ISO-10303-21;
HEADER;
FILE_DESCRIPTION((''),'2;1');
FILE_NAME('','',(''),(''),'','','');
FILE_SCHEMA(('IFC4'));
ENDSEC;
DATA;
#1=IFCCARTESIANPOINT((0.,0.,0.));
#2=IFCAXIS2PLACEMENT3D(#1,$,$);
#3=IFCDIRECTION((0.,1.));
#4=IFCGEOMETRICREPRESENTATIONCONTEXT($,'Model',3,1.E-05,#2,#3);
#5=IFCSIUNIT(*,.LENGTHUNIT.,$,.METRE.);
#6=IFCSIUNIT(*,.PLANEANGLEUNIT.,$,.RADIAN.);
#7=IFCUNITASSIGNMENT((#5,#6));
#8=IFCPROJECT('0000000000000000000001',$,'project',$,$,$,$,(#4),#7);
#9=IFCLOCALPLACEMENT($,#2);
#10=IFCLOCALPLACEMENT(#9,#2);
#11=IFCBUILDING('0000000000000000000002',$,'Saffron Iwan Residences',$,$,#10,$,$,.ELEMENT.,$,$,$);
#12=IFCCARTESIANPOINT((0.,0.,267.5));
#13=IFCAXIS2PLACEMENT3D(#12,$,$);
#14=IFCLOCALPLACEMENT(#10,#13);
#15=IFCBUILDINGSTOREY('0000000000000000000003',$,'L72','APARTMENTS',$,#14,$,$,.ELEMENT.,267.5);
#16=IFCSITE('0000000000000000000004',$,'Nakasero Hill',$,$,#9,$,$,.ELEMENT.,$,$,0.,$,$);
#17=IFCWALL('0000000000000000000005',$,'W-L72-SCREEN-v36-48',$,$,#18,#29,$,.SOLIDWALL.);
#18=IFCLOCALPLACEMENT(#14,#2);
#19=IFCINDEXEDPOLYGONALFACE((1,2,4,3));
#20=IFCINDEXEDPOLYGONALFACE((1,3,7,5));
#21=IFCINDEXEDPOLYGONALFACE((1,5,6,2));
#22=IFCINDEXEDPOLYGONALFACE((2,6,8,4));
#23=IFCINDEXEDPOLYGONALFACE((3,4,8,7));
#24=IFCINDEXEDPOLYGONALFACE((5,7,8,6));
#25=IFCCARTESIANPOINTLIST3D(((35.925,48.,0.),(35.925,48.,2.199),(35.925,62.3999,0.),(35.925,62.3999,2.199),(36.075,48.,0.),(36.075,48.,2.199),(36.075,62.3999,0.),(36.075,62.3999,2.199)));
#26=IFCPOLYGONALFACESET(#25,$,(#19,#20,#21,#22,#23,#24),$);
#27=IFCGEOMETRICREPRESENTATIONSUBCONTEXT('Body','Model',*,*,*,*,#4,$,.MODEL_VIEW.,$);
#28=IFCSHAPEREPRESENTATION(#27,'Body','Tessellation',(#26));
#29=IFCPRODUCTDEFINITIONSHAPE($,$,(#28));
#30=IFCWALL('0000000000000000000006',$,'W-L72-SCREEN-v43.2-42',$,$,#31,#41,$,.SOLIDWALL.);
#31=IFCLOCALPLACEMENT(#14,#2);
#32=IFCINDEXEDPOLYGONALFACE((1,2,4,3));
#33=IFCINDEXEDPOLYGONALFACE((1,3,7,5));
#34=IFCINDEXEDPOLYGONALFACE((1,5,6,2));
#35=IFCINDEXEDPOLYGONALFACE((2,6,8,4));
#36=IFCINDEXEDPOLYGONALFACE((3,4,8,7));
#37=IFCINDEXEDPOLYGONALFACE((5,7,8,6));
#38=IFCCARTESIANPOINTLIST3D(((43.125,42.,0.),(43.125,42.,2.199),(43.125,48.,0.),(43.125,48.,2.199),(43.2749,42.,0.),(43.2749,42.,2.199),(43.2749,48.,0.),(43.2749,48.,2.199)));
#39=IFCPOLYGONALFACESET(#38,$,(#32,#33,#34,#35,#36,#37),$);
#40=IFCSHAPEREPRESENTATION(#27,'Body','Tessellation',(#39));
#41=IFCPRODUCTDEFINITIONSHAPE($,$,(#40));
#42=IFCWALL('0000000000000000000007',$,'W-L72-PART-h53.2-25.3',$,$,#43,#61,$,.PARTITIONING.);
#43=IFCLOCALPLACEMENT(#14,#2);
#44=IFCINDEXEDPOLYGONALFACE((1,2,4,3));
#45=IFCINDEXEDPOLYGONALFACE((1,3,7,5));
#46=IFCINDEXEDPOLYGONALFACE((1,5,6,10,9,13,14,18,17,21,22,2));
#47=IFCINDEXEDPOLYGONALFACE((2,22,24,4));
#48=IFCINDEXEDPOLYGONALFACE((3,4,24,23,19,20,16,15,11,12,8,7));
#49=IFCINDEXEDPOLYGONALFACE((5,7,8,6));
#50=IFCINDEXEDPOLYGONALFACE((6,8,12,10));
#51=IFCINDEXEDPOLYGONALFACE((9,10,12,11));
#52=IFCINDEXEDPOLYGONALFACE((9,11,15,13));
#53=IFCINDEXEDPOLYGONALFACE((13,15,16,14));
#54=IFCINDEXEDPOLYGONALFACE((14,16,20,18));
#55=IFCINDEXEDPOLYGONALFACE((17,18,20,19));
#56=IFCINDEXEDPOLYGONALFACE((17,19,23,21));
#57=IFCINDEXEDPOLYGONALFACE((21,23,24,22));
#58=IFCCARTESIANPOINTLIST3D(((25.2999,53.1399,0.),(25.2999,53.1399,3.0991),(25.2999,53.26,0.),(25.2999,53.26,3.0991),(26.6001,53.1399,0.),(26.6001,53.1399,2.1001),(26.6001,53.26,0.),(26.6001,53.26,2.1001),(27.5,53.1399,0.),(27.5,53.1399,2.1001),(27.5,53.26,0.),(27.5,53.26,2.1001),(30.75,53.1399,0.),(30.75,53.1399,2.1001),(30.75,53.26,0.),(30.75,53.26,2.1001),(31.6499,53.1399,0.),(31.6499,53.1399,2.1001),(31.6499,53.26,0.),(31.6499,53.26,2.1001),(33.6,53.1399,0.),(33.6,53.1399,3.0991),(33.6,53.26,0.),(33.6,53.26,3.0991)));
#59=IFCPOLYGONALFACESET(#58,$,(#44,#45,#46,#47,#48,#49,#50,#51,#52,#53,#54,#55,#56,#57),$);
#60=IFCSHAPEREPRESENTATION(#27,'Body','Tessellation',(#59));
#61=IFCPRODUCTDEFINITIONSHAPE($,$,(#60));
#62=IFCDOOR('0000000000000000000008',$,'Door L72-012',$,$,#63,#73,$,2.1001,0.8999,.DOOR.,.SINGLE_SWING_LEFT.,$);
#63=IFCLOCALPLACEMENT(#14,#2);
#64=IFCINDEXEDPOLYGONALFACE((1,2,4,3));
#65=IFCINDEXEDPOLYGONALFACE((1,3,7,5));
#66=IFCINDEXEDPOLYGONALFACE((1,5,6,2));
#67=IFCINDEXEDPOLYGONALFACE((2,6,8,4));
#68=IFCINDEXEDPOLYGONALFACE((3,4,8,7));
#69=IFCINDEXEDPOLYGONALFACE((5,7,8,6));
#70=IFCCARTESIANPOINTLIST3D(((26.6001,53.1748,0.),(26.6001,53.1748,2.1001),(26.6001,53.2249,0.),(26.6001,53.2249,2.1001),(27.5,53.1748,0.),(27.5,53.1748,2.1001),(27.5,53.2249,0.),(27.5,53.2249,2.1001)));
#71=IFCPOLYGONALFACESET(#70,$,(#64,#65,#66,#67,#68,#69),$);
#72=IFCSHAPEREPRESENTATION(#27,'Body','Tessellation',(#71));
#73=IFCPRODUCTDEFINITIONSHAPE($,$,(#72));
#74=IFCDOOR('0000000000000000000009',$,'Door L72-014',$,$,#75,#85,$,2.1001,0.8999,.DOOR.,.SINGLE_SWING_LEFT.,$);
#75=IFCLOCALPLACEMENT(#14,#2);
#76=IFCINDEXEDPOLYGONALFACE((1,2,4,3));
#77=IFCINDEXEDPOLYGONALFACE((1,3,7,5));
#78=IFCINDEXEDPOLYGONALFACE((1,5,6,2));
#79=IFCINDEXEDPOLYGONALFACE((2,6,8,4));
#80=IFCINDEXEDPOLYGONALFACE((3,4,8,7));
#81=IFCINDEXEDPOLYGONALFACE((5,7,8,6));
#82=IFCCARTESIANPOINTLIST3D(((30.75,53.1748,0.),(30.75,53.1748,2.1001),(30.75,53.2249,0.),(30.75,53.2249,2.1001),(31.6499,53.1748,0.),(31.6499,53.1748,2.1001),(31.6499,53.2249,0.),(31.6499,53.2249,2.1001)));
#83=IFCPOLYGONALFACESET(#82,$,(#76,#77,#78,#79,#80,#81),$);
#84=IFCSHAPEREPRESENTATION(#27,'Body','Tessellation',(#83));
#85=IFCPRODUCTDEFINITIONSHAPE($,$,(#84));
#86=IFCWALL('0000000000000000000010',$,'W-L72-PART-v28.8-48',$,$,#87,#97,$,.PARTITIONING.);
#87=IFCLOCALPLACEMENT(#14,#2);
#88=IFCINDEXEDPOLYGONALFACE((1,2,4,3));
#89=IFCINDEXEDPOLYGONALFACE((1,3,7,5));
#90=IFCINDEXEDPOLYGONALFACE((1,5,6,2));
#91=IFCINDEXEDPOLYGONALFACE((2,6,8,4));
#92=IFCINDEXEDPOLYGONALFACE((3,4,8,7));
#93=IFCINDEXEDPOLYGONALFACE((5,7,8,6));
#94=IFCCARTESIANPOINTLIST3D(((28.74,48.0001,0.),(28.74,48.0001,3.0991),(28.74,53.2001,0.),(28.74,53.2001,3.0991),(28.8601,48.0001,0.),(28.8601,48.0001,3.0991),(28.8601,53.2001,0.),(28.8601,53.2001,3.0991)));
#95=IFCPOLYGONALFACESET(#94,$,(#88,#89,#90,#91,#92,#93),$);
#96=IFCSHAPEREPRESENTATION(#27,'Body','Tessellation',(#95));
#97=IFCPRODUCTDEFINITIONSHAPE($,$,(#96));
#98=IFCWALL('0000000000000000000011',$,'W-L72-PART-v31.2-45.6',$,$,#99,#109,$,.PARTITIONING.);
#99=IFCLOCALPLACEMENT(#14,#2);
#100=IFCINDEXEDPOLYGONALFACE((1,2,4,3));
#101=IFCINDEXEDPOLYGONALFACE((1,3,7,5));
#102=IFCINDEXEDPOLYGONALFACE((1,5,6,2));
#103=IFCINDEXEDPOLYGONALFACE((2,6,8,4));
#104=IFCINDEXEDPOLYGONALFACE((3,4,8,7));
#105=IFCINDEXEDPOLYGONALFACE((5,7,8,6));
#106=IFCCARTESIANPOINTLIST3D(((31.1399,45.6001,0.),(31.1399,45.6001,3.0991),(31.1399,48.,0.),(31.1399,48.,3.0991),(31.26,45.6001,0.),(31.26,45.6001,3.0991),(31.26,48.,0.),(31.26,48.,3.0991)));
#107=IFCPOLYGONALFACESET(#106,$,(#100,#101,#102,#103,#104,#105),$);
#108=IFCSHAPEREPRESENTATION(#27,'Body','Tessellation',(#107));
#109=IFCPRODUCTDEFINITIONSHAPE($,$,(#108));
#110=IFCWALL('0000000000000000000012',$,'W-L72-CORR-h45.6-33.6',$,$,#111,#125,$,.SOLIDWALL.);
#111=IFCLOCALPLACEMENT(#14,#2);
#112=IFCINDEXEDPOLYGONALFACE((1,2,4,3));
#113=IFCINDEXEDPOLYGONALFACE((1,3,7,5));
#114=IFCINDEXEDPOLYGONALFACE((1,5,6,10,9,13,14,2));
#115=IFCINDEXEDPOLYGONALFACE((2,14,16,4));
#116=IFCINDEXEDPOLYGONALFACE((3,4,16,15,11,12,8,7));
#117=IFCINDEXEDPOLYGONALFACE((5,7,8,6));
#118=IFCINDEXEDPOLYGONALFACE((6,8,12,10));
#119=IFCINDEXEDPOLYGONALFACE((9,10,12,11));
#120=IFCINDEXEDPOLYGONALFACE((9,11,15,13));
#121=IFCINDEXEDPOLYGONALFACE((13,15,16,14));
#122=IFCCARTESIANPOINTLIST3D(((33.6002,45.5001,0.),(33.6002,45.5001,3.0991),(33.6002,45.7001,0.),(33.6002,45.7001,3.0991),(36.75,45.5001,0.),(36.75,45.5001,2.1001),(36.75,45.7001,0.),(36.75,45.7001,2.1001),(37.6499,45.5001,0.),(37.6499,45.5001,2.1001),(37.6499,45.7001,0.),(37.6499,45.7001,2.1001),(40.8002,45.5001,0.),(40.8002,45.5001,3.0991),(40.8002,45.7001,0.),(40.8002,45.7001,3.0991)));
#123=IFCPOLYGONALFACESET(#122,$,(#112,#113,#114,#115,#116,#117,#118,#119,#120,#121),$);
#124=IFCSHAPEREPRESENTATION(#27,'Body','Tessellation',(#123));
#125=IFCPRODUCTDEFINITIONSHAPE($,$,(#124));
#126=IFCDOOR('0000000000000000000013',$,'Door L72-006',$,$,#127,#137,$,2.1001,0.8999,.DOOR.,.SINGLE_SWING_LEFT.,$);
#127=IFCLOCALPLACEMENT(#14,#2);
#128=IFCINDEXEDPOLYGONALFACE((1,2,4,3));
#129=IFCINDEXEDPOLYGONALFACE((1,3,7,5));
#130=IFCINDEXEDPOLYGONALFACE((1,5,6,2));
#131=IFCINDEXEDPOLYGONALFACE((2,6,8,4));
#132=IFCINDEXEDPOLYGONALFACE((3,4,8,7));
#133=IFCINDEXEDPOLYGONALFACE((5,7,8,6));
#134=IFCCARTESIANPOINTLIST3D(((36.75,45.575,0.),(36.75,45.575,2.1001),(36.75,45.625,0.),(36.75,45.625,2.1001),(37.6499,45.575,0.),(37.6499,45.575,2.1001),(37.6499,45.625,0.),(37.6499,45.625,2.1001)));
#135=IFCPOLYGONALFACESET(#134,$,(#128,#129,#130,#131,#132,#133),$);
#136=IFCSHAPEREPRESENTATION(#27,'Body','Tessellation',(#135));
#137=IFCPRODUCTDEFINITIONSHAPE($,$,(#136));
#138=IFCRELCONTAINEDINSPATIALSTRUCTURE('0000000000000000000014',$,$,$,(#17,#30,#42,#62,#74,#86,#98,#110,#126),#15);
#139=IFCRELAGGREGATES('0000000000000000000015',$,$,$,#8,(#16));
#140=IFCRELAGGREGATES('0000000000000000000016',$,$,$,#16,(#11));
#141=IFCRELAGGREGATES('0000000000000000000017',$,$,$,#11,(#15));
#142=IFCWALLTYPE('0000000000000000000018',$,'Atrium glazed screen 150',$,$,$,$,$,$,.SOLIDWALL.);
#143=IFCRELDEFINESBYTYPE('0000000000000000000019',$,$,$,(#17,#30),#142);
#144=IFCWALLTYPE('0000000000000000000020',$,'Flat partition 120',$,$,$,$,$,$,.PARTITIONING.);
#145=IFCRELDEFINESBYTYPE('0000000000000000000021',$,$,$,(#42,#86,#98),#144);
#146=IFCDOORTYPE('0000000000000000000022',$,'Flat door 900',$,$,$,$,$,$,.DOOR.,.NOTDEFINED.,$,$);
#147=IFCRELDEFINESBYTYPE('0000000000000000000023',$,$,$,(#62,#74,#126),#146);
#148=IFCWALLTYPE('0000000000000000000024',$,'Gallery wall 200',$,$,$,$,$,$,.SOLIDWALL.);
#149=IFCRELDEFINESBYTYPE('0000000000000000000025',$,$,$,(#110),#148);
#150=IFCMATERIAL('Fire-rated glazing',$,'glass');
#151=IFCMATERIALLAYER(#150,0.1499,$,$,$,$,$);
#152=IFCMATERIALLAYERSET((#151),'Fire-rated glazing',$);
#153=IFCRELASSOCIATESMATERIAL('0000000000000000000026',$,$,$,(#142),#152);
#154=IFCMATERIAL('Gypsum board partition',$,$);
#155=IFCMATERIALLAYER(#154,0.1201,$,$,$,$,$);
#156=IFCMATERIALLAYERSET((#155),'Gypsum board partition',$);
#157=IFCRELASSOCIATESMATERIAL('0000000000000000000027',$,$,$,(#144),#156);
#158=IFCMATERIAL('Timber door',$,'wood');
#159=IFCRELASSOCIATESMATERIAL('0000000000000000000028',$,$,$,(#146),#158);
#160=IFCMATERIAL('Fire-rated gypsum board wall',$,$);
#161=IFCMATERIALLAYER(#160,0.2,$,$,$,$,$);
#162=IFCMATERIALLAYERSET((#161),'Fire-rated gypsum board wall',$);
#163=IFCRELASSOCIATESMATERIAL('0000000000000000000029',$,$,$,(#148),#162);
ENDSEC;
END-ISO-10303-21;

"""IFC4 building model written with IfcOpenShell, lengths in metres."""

from ifc_helpers import new_model, si_unit, direction, frame, frame_2d, origin, place, context, subcontext, project, spatial, rectangle, extrude, material, layer, layer_set, type_object, element, fill, save


model = new_model("IFC4")

# Units and contexts
model_context = context("Model", 3, precision=1e-05, world=origin(), true_north=direction((0.0, 1.0)))
body_context = subcontext(model_context, "Body", "Model", "MODEL_VIEW")
ifc_project = project(units=[si_unit("LENGTHUNIT", "METRE"), si_unit("PLANEANGLEUNIT", "RADIAN")], contexts=[model_context])

# Site, building, storey
site_placement = place(None, origin())
site = spatial("IfcSite", under=ifc_project, at=site_placement, Name="Nakasero Hill", CompositionType="ELEMENT", RefElevation=0.0)
building_placement = place(site_placement, origin())
building = spatial("IfcBuilding", under=site, at=building_placement, Name="Saffron Iwan Residences", CompositionType="ELEMENT")
storey_placement = place(building_placement, frame((0.0, 0.0, 267.5)))
storey = spatial("IfcBuildingStorey", under=building, at=storey_placement, Name="L72", Description="APARTMENTS", CompositionType="ELEMENT", Elevation=267.5)

# Walls
ifc_material_1 = material(Name="Fire-rated glazing", Category="glass")
ifc_layer_1 = layer(ifc_material_1, 0.1499)
ifc_layer_set_1 = layer_set([ifc_layer_1], Name="Fire-rated glazing")
wall_type_1 = type_object("IfcWallType", Name="Atrium glazed screen 150", PredefinedType="SOLIDWALL", material=ifc_layer_set_1)
wall_1_placement = place(storey_placement, frame((36.0, 48.0, 0.0), z_axis=(0.0, 0.0, 1.0), x_axis=(0.0, 1.0, 0.0)))
element("IfcWall", 1, at=wall_1_placement, inside=storey, type_object=wall_type_1, Name="W-L72-SCREEN-v36-48", PredefinedType="SOLIDWALL", context=body_context, shape_type="SweptSolid", body=[
    extrude(rectangle(XDim=14.3999, YDim=0.1499, at=frame_2d((7.2, 0.0))), origin(), (0.0, 0.0, 1.0), 2.199),
])
wall_2_placement = place(storey_placement, frame((43.2, 42.0, 0.0), z_axis=(0.0, 0.0, 1.0), x_axis=(0.0, 1.0, 0.0)))
element("IfcWall", 2, at=wall_2_placement, inside=storey, type_object=wall_type_1, Name="W-L72-SCREEN-v43.2-42", PredefinedType="SOLIDWALL", context=body_context, shape_type="SweptSolid", body=[
    extrude(rectangle(XDim=6.0, YDim=0.1499, at=frame_2d((3.0, 0.0))), origin(), (0.0, 0.0, 1.0), 2.199),
])

# Wall, openings, doors
ifc_material_2 = material(Name="Gypsum board partition")
ifc_layer_2 = layer(ifc_material_2, 0.1201)
ifc_layer_set_2 = layer_set([ifc_layer_2], Name="Gypsum board partition")
wall_type_2 = type_object("IfcWallType", Name="Flat partition 120", PredefinedType="PARTITIONING", material=ifc_layer_set_2)
wall_3_placement = place(storey_placement, frame((25.3, 53.2, 0.0), z_axis=(0.0, 0.0, 1.0), x_axis=(1.0, 0.0, 0.0)))
wall_3 = element("IfcWall", 3, at=wall_3_placement, inside=storey, type_object=wall_type_2, Name="W-L72-PART-h53.2-25.3", PredefinedType="PARTITIONING", context=body_context, shape_type="SweptSolid", body=[
    extrude(rectangle(XDim=8.3, YDim=0.1201, at=frame_2d((4.1499, 0.0))), origin(), (0.0, 0.0, 1.0), 3.0991),
])
opening_1_placement = place(wall_3_placement, frame((1.3, 0.0, 0.0)))
opening_1 = element("IfcOpeningElement", 4, at=opening_1_placement, cuts=wall_3, PredefinedType="OPENING", context=body_context, shape_type="SweptSolid", body=[
    extrude(rectangle(XDim=0.8999, YDim=2.1001, at=frame_2d((0.45, 1.05))), frame((0.0, 0.0701, 0.0), z_axis=(0.0, -1.0, 0.0), x_axis=(1.0, 0.0, 0.0)), (0.0, 0.0, 1.0), 0.1401),
])
opening_2_placement = place(wall_3_placement, frame((5.45, 0.0, 0.0)))
opening_2 = element("IfcOpeningElement", 5, at=opening_2_placement, cuts=wall_3, PredefinedType="OPENING", context=body_context, shape_type="SweptSolid", body=[
    extrude(rectangle(XDim=0.8999, YDim=2.1001, at=frame_2d((0.45, 1.05))), frame((0.0, 0.0701, 0.0), z_axis=(0.0, -1.0, 0.0), x_axis=(1.0, 0.0, 0.0)), (0.0, 0.0, 1.0), 0.1401),
])
ifc_material_3 = material(Name="Timber door", Category="wood")
door_type_1 = type_object("IfcDoorType", Name="Flat door 900", OperationType="NOTDEFINED", PredefinedType="DOOR", material=ifc_material_3)
door_1_placement = place(opening_1_placement, origin())
door_1 = element("IfcDoor", 6, at=door_1_placement, inside=storey, type_object=door_type_1, Name="Door L72-012", OperationType="SINGLE_SWING_LEFT", OverallHeight=2.1001, OverallWidth=0.8999, PredefinedType="DOOR", context=body_context, shape_type="SweptSolid", body=[
    extrude(rectangle(XDim=0.8999, YDim=2.1001, at=frame_2d((0.45, 1.05))), frame((0.0, 0.0249, 0.0), z_axis=(0.0, -1.0, 0.0), x_axis=(1.0, 0.0, 0.0)), (0.0, 0.0, 1.0), 0.05),
])
fill(opening_1, door_1)
door_2_placement = place(opening_2_placement, origin())
door_2 = element("IfcDoor", 7, at=door_2_placement, inside=storey, type_object=door_type_1, Name="Door L72-014", OperationType="SINGLE_SWING_LEFT", OverallHeight=2.1001, OverallWidth=0.8999, PredefinedType="DOOR", context=body_context, shape_type="SweptSolid", body=[
    extrude(rectangle(XDim=0.8999, YDim=2.1001, at=frame_2d((0.45, 1.05))), frame((0.0, 0.0249, 0.0), z_axis=(0.0, -1.0, 0.0), x_axis=(1.0, 0.0, 0.0)), (0.0, 0.0, 1.0), 0.05),
])
fill(opening_2, door_2)

# Walls
wall_4_placement = place(storey_placement, frame((28.8, 48.0, 0.0), z_axis=(0.0, 0.0, 1.0), x_axis=(0.0, 1.0, 0.0)))
element("IfcWall", 8, at=wall_4_placement, inside=storey, type_object=wall_type_2, Name="W-L72-PART-v28.8-48", PredefinedType="PARTITIONING", context=body_context, shape_type="SweptSolid", body=[
    extrude(rectangle(XDim=5.2, YDim=0.1201, at=frame_2d((2.6001, 0.0))), origin(), (0.0, 0.0, 1.0), 3.0991),
])
wall_5_placement = place(storey_placement, frame((31.2, 45.6001, 0.0), z_axis=(0.0, 0.0, 1.0), x_axis=(0.0, 1.0, 0.0)))
element("IfcWall", 9, at=wall_5_placement, inside=storey, type_object=wall_type_2, Name="W-L72-PART-v31.2-45.6", PredefinedType="PARTITIONING", context=body_context, shape_type="SweptSolid", body=[
    extrude(rectangle(XDim=2.3999, YDim=0.1201, at=frame_2d((1.2, 0.0))), origin(), (0.0, 0.0, 1.0), 3.0991),
])

# Wall, opening, door
ifc_material_4 = material(Name="Fire-rated gypsum board wall")
ifc_layer_3 = layer(ifc_material_4, 0.2)
ifc_layer_set_3 = layer_set([ifc_layer_3], Name="Fire-rated gypsum board wall")
wall_type_3 = type_object("IfcWallType", Name="Gallery wall 200", PredefinedType="SOLIDWALL", material=ifc_layer_set_3)
wall_6_placement = place(storey_placement, frame((33.6001, 45.6001, 0.0), z_axis=(0.0, 0.0, 1.0), x_axis=(1.0, 0.0, 0.0)))
wall_6 = element("IfcWall", 10, at=wall_6_placement, inside=storey, type_object=wall_type_3, Name="W-L72-CORR-h45.6-33.6", PredefinedType="SOLIDWALL", context=body_context, shape_type="SweptSolid", body=[
    extrude(rectangle(XDim=7.2, YDim=0.2, at=frame_2d((3.6001, 0.0))), origin(), (0.0, 0.0, 1.0), 3.0991),
])
opening_3_placement = place(wall_6_placement, frame((3.1499, 0.0, 0.0)))
opening_3 = element("IfcOpeningElement", 11, at=opening_3_placement, cuts=wall_6, PredefinedType="OPENING", context=body_context, shape_type="SweptSolid", body=[
    extrude(rectangle(XDim=0.8999, YDim=2.1001, at=frame_2d((0.45, 1.05))), frame((0.0, 0.1099, 0.0), z_axis=(0.0, -1.0, 0.0), x_axis=(1.0, 0.0, 0.0)), (0.0, 0.0, 1.0), 0.22),
])
door_3_placement = place(opening_3_placement, origin())
door_3 = element("IfcDoor", 12, at=door_3_placement, inside=storey, type_object=door_type_1, Name="Door L72-006", OperationType="SINGLE_SWING_LEFT", OverallHeight=2.1001, OverallWidth=0.8999, PredefinedType="DOOR", context=body_context, shape_type="SweptSolid", body=[
    extrude(rectangle(XDim=0.8999, YDim=2.1001, at=frame_2d((0.45, 1.05))), frame((0.0, 0.0249, 0.0), z_axis=(0.0, -1.0, 0.0), x_axis=(1.0, 0.0, 0.0)), (0.0, 0.0, 1.0), 0.05),
])
fill(opening_3, door_3)

save(model, "model.ifc")
